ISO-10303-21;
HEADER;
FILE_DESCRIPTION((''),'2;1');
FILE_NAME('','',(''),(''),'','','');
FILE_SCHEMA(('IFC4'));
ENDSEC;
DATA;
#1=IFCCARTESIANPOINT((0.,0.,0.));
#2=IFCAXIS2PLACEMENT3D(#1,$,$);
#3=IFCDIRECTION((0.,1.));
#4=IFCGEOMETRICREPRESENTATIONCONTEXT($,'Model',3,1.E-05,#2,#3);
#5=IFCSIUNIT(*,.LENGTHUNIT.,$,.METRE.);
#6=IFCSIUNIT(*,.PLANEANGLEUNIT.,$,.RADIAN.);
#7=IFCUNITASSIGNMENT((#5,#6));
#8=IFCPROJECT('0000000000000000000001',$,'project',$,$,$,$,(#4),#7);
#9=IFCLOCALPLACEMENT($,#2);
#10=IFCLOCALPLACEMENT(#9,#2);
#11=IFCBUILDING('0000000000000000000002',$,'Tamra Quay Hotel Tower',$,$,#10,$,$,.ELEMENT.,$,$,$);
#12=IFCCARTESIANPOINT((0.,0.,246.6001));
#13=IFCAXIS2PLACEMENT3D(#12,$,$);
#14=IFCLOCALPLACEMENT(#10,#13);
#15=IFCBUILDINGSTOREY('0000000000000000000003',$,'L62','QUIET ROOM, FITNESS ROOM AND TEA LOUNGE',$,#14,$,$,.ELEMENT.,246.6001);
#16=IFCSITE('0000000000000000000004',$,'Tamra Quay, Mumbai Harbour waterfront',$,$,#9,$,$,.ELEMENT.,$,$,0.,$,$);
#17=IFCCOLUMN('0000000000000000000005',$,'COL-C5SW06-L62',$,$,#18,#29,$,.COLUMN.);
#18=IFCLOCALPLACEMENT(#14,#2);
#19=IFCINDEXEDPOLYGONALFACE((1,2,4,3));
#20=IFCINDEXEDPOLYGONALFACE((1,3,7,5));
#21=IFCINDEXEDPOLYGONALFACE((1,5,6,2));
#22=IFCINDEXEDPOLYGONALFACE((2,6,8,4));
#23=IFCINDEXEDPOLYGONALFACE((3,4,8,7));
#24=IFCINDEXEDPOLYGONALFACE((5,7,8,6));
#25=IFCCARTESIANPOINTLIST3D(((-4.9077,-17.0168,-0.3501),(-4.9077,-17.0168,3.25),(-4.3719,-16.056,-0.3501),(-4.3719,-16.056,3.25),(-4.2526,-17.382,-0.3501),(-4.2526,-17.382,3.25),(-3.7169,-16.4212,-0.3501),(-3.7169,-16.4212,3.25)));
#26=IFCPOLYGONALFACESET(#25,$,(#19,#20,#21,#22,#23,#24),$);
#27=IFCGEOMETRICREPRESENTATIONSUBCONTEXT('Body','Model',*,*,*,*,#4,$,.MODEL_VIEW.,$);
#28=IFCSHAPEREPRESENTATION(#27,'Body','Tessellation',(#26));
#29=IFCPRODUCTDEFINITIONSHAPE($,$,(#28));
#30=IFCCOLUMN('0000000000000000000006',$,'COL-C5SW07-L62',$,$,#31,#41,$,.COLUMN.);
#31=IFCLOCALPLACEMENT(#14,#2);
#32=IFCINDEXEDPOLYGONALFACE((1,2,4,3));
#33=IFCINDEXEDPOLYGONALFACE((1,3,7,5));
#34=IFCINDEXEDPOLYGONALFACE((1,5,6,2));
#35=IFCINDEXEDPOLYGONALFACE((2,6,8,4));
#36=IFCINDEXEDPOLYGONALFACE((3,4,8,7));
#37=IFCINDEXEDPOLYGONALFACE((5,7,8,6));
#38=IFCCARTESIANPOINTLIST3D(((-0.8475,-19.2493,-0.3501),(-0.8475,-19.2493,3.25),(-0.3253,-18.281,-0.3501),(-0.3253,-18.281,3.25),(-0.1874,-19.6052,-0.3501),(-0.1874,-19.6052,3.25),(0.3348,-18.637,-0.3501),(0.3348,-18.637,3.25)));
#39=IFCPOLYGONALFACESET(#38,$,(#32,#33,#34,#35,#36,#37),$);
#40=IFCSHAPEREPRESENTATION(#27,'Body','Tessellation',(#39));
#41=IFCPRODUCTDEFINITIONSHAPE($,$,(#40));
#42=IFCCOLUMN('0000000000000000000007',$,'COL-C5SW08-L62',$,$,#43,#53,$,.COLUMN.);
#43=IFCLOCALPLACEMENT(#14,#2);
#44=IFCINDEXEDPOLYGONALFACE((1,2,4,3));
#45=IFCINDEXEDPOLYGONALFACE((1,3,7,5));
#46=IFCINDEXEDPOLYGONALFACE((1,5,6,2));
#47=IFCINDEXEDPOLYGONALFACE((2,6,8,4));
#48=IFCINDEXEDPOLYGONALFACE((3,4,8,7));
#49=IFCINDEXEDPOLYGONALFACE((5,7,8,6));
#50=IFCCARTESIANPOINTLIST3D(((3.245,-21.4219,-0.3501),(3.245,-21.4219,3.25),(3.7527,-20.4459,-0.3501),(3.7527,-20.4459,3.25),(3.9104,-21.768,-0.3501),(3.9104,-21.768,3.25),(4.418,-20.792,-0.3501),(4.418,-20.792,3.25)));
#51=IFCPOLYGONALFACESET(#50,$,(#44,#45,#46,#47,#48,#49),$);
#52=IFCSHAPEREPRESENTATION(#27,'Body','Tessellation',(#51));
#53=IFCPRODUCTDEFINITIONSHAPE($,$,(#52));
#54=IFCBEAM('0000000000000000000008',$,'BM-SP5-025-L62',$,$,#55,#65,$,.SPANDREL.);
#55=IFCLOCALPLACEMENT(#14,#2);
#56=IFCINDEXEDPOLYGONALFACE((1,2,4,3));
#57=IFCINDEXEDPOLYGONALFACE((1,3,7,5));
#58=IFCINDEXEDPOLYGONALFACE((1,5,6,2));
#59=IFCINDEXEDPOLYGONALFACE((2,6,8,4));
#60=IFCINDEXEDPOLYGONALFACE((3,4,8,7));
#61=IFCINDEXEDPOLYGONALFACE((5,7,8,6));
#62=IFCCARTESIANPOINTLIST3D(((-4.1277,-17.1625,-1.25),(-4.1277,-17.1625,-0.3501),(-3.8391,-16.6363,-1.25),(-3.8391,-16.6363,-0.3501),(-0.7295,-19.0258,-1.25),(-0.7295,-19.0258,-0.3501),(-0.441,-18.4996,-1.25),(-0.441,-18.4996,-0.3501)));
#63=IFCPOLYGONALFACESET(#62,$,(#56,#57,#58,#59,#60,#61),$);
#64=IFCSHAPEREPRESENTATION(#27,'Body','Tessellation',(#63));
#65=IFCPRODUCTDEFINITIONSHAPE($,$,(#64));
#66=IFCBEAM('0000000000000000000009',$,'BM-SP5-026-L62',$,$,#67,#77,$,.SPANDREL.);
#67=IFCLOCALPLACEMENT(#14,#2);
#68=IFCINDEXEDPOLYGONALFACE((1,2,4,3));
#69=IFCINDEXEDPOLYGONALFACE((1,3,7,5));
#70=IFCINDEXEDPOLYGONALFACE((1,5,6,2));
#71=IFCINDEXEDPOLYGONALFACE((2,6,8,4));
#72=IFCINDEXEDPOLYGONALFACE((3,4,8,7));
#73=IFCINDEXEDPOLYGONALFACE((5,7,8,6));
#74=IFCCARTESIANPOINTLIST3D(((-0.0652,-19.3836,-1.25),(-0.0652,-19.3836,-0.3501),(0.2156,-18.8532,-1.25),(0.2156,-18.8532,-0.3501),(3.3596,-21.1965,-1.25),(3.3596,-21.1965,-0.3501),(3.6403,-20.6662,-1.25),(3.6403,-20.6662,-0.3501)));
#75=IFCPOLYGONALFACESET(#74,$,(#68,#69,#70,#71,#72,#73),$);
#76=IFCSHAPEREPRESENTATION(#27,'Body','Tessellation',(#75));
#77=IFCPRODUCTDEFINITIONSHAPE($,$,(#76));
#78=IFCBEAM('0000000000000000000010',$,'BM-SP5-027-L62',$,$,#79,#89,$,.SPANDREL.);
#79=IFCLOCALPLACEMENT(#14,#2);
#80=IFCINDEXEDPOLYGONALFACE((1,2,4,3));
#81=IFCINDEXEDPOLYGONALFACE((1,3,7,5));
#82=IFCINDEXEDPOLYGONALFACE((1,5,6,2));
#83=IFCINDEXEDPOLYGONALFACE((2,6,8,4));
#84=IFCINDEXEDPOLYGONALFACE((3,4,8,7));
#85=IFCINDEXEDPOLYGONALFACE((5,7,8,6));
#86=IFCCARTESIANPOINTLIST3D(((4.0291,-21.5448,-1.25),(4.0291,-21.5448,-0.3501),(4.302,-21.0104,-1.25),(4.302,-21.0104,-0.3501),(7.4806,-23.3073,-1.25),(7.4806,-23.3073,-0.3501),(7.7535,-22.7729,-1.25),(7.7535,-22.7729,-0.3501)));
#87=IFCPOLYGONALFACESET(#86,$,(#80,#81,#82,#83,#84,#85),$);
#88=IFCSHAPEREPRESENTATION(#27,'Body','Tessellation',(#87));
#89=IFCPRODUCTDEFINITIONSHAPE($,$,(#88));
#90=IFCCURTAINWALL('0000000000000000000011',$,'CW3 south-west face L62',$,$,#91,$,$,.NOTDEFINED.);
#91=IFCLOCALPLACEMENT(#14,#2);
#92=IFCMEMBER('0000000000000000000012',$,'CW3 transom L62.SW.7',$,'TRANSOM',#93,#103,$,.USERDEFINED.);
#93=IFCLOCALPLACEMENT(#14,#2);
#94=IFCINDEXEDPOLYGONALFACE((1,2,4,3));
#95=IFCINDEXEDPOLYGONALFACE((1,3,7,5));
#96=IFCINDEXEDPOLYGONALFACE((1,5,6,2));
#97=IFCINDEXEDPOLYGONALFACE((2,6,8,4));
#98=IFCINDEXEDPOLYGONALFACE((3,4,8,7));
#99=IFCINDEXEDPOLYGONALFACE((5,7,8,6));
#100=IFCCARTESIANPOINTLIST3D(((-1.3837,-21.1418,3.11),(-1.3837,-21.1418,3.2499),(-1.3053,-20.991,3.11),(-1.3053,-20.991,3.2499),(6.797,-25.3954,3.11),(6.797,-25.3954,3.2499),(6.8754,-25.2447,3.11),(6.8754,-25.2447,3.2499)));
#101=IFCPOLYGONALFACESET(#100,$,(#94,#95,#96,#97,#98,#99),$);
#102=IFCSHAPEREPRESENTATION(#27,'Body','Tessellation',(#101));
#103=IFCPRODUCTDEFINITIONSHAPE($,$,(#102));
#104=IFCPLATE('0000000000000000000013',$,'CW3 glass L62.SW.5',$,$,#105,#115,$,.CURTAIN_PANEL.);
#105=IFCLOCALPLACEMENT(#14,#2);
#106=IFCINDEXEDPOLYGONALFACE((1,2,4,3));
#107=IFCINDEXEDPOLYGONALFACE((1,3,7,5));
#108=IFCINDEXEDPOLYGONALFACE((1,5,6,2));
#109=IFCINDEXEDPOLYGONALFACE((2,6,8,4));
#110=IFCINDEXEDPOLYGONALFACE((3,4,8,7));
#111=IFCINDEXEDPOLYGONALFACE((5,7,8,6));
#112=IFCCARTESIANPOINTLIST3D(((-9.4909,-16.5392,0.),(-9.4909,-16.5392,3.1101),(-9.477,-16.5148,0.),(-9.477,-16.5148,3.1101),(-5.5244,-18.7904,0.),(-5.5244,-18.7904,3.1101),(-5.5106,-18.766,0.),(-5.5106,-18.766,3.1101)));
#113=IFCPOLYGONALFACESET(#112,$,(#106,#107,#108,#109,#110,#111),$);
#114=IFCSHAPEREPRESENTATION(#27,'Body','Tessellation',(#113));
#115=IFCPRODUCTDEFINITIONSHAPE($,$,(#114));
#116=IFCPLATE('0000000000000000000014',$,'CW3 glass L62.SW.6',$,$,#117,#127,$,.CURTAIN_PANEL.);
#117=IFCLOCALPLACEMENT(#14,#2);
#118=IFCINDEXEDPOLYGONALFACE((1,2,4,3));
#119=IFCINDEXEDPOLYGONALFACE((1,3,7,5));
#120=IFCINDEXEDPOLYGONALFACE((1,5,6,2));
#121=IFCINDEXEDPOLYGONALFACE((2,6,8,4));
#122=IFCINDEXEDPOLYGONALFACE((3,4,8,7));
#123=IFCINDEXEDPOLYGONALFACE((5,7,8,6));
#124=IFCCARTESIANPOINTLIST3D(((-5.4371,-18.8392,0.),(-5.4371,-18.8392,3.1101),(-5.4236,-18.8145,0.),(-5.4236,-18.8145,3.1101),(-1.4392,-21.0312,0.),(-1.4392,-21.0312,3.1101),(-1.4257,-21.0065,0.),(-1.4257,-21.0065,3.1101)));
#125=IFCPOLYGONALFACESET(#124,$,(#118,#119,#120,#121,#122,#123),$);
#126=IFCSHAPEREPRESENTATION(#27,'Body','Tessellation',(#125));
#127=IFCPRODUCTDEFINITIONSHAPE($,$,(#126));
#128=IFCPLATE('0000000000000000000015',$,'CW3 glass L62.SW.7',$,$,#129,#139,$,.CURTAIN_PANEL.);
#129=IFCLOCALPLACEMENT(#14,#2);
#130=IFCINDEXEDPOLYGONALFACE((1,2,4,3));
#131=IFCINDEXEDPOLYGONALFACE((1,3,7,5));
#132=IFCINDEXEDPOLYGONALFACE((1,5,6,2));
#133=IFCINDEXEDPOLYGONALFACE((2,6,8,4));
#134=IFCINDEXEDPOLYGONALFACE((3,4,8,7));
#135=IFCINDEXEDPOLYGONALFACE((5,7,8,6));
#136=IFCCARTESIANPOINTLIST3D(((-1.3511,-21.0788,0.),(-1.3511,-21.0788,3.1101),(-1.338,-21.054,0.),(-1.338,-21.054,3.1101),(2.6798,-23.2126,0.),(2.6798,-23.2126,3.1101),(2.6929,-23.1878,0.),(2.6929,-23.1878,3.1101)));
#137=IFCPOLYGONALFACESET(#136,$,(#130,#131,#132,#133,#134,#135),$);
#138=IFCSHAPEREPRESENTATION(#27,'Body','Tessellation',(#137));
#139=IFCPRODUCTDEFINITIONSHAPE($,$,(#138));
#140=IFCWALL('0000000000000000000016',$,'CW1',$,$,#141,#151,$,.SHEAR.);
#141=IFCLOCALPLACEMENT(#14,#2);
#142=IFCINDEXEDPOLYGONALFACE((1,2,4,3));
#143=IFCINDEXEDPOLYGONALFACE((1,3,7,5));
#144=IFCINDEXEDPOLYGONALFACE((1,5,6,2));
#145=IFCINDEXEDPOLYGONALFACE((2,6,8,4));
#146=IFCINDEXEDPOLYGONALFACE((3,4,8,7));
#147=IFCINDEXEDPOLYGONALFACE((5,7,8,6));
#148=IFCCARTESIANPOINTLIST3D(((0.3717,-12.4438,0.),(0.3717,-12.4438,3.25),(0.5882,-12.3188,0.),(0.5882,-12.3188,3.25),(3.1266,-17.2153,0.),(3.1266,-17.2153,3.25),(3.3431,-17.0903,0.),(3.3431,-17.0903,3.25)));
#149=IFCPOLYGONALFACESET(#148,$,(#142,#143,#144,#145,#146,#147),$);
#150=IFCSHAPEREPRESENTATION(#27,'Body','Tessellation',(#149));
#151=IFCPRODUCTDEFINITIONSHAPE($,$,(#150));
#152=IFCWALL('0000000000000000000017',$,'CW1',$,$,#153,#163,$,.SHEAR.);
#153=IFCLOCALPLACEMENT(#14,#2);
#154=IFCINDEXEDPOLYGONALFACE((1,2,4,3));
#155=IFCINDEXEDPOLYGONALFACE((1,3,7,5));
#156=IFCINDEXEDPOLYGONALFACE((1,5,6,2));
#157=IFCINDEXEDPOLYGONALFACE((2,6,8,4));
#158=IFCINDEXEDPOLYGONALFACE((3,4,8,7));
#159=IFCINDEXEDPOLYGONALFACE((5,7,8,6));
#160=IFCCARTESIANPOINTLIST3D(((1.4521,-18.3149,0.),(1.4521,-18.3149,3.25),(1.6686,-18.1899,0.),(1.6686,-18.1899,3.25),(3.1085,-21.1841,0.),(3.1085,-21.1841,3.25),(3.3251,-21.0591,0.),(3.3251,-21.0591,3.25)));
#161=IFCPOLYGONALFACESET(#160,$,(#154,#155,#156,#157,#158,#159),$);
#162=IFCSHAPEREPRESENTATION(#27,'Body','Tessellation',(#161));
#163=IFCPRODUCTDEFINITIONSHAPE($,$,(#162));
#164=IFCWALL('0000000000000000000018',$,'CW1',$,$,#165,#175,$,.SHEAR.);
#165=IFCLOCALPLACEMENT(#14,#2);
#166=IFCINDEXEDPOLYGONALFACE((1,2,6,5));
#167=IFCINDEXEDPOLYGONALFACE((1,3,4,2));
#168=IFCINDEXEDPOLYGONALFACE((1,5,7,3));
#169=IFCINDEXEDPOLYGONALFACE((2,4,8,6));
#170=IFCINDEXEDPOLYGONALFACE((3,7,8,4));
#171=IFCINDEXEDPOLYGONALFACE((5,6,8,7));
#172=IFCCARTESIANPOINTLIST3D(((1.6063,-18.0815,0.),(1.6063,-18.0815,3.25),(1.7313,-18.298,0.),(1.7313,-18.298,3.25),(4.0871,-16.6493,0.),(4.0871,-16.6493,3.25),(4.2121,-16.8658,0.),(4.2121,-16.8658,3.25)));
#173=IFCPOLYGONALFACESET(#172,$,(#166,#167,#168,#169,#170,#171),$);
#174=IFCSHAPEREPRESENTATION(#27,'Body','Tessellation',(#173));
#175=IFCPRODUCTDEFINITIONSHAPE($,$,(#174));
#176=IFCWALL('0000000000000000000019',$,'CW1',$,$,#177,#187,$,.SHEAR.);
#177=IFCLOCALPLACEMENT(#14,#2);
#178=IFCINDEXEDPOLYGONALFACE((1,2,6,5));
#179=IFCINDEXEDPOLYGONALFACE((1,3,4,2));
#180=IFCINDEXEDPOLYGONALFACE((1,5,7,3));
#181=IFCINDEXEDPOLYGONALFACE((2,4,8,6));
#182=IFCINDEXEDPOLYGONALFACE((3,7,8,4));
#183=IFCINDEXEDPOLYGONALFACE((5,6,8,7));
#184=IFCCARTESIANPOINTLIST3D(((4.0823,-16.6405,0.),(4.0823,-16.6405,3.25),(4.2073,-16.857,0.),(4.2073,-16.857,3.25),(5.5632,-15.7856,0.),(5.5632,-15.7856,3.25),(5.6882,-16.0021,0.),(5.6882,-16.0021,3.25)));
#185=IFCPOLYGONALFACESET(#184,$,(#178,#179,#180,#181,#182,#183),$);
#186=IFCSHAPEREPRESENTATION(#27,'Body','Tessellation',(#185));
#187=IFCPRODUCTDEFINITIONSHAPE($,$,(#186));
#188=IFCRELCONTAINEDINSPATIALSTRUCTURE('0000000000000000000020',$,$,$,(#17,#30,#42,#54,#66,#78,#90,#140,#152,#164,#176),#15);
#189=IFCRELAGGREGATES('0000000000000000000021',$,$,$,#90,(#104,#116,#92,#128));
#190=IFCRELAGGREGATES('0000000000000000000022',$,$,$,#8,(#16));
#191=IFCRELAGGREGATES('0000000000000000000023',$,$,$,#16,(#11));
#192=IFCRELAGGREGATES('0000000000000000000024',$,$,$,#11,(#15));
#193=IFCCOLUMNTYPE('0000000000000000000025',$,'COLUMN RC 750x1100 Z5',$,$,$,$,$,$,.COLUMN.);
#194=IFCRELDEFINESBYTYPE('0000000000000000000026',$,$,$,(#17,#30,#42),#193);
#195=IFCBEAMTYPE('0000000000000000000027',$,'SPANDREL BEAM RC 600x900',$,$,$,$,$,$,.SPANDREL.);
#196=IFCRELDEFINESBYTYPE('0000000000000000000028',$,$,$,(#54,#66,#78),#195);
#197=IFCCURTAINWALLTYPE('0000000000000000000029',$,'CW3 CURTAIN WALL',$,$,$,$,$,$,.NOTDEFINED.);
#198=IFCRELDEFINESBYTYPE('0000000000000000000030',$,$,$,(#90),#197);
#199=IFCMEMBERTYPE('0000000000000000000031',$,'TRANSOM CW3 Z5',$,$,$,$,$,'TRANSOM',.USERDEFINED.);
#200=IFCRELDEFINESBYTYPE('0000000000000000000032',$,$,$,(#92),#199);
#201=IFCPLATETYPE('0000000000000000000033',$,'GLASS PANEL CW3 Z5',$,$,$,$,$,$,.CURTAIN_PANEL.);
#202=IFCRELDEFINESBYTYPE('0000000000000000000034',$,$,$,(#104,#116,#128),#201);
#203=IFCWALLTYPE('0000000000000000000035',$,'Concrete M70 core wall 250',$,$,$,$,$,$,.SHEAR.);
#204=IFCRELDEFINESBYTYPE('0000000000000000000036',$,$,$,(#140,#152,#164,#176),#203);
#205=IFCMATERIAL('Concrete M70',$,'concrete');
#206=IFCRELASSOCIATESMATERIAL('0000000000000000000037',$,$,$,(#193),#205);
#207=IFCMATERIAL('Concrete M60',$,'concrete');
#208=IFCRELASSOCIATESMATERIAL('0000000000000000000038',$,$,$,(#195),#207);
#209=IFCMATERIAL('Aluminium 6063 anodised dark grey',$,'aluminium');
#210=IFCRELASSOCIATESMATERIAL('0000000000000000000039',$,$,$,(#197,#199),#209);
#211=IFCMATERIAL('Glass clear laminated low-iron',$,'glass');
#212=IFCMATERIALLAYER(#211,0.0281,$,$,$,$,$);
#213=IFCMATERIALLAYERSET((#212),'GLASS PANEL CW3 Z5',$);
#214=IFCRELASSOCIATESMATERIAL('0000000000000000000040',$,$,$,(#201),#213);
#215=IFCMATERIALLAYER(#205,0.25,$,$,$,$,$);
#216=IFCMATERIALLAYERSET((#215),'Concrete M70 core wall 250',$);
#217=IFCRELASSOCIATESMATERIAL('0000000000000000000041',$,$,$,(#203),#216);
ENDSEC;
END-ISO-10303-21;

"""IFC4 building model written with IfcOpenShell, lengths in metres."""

from ifc_helpers import new_model, si_unit, direction, frame, frame_2d, origin, origin_2d, place, context, subcontext, project, spatial, rectangle, extrude, material, layer, layer_set, material_profile, profile_set, type_object, element, aggregate, save


model = new_model("IFC4")

# Units and contexts
model_context = context("Model", 3, precision=1e-05, world=origin(), true_north=direction((0.0, 1.0)))
body_context = subcontext(model_context, "Body", "Model", "MODEL_VIEW")
ifc_project = project(units=[si_unit("LENGTHUNIT", "METRE"), si_unit("PLANEANGLEUNIT", "RADIAN")], contexts=[model_context])

# Site, building, storey
site_placement = place(None, origin())
site = spatial("IfcSite", under=ifc_project, at=site_placement, Name="Tamra Quay, Mumbai Harbour waterfront", CompositionType="ELEMENT", RefElevation=0.0)
building_placement = place(site_placement, origin())
building = spatial("IfcBuilding", under=site, at=building_placement, Name="Tamra Quay Hotel Tower", CompositionType="ELEMENT")
storey_placement = place(building_placement, frame((0.0, 0.0, 246.6001)))
storey = spatial("IfcBuildingStorey", under=building, at=storey_placement, Name="L62", Description="QUIET ROOM, FITNESS ROOM AND TEA LOUNGE", CompositionType="ELEMENT", Elevation=246.6001)

# Columns
ifc_material_1 = material(Name="Concrete M70", Category="concrete")
ifc_material_profile_1 = material_profile(ifc_material_1, rectangle(XDim=1.1001, YDim=0.75, at=origin_2d()), Name="COLUMN RC 750x1100 Z5")
ifc_profile_set_1 = profile_set([ifc_material_profile_1], Name="Concrete M70")
column_type = type_object("IfcColumnType", Name="COLUMN RC 750x1100 Z5", PredefinedType="COLUMN", material=ifc_profile_set_1)
for number, where, z_axis, x_axis, name in (
    (1, (-4.3123, -16.719, -0.3501), (0.0, 0.0, 1.0), (0.486989, 0.873408, 0.0), "COL-C5SW06-L62"),
    (2, (-0.2563, -18.9431, -0.3501), (0.0, 0.0, 1.0), (0.474651, 0.880174, 0.0), "COL-C5SW07-L62"),
    (3, (3.8315, -21.1069, -0.3501), (0.0, 0.0, 1.0), (0.461448, 0.887167, 0.0), "COL-C5SW08-L62"),
):
    element("IfcColumn", number, at=place(storey_placement, frame(where, z_axis=z_axis, x_axis=x_axis)), inside=storey, type_object=column_type, Name=name, PredefinedType="COLUMN", context=body_context, shape_type="SweptSolid", body=[
        extrude(rectangle(XDim=1.1001, YDim=0.75, at=origin_2d()), origin(), (0.0, 0.0, 1.0), 3.6001),
    ])

# Beams
ifc_material_2 = material(Name="Concrete M60", Category="concrete")
ifc_material_profile_2 = material_profile(ifc_material_2, rectangle(XDim=0.6001, YDim=0.8999, at=origin_2d()), Name="SPANDREL BEAM RC 600x900")
ifc_profile_set_2 = profile_set([ifc_material_profile_2], Name="Concrete M60")
beam_type = type_object("IfcBeamType", Name="SPANDREL BEAM RC 600x900", PredefinedType="SPANDREL", material=ifc_profile_set_2)
beam_1_placement = place(storey_placement, frame((-3.9834, -16.8994, -0.8), z_axis=(0.876839, -0.480784, 0.0), x_axis=(0.480784, 0.876839, 0.0)))
element("IfcBeam", 4, at=beam_1_placement, inside=storey, type_object=beam_type, Name="BM-SP5-025-L62", PredefinedType="SPANDREL", context=body_context, shape_type="SweptSolid", body=[
    extrude(rectangle(XDim=0.6001, YDim=0.8999, at=origin_2d()), origin(), (0.0, 0.0, 1.0), 3.8755),
])
beam_2_placement = place(storey_placement, frame((0.0752, -19.1184, -0.8), z_axis=(0.883803, -0.467859, 0.0), x_axis=(0.467859, 0.883803, 0.0)))
element("IfcBeam", 5, at=beam_2_placement, inside=storey, type_object=beam_type, Name="BM-SP5-026-L62", PredefinedType="SPANDREL", context=body_context, shape_type="SweptSolid", body=[
    extrude(rectangle(XDim=0.6001, YDim=0.8999, at=origin_2d()), origin(), (0.0, 0.0, 1.0), 3.875),
])
beam_3_placement = place(storey_placement, frame((4.1655, -21.2776, -0.8), z_axis=(0.890603, -0.454782, 0.0), x_axis=(0.454782, 0.890603, 0.0)))
element("IfcBeam", 6, at=beam_3_placement, inside=storey, type_object=beam_type, Name="BM-SP5-027-L62", PredefinedType="SPANDREL", context=body_context, shape_type="SweptSolid", body=[
    extrude(rectangle(XDim=0.6001, YDim=0.8999, at=origin_2d()), origin(), (0.0, 0.0, 1.0), 3.8755),
])

# Curtain wall, member, plates
ifc_material_3 = material(Name="Aluminium 6063 anodised dark grey", Category="aluminium")
curtain_wall_type = type_object("IfcCurtainWallType", Name="CW3 CURTAIN WALL", PredefinedType="NOTDEFINED", material=ifc_material_3)
curtain_wall_placement = place(storey_placement, origin())
curtain_wall = element("IfcCurtainWall", 7, at=curtain_wall_placement, inside=storey, type_object=curtain_wall_type, Name="CW3 south-west face L62", PredefinedType="NOTDEFINED")
ifc_material_profile_3 = material_profile(ifc_material_3, rectangle(XDim=0.1699, YDim=0.1399, at=origin_2d()), Name="TRANSOM 170X140")
ifc_profile_set_3 = profile_set([ifc_material_profile_3], Name="Aluminium 6063 anodised dark grey")
member_type = type_object("IfcMemberType", Name="TRANSOM CW3 Z5", ElementType="TRANSOM", PredefinedType="USERDEFINED", material=ifc_profile_set_3)
member_placement = place(storey_placement, frame((-1.3445, -21.0664, 3.1799), z_axis=(0.887229, -0.461329, 0.0), x_axis=(0.461329, 0.887229, 0.0)))
member = element("IfcMember", 8, at=member_placement, type_object=member_type, Name="CW3 transom L62.SW.7", ObjectType="TRANSOM", PredefinedType="USERDEFINED", context=body_context, shape_type="SweptSolid", body=[
    extrude(rectangle(XDim=0.1699, YDim=0.1399, at=origin_2d()), origin(), (0.0, 0.0, 1.0), 9.2205),
])
ifc_material_4 = material(Name="Glass clear laminated low-iron", Category="glass")
ifc_layer_1 = layer(ifc_material_4, 0.0281)
ifc_layer_set_1 = layer_set([ifc_layer_1], Name="GLASS PANEL CW3 Z5")
plate_type = type_object("IfcPlateType", Name="GLASS PANEL CW3 Z5", PredefinedType="CURTAIN_PANEL", material=ifc_layer_set_1)
plate_1_placement = place(storey_placement, frame((-7.5007, -17.6526, 0.0), z_axis=(0.0, 0.0, 1.0), x_axis=(0.869683, -0.493611, 0.0)))
plate_1 = element("IfcPlate", 9, at=plate_1_placement, type_object=plate_type, Name="CW3 glass L62.SW.5", PredefinedType="CURTAIN_PANEL", context=body_context, shape_type="SweptSolid", body=[
    extrude(rectangle(XDim=4.5608, YDim=0.0281, at=origin_2d()), origin(), (0.0, 0.0, 1.0), 3.1101),
])
plate_2_placement = place(storey_placement, frame((-3.4314, -19.9229, 0.0), z_axis=(0.0, 0.0, 1.0), x_axis=(0.876846, -0.480771, 0.0)))
plate_2 = element("IfcPlate", 10, at=plate_2_placement, type_object=plate_type, Name="CW3 glass L62.SW.6", PredefinedType="CURTAIN_PANEL", context=body_context, shape_type="SweptSolid", body=[
    extrude(rectangle(XDim=4.5593, YDim=0.0281, at=origin_2d()), origin(), (0.0, 0.0, 1.0), 3.1101),
])
plate_3_placement = place(storey_placement, frame((0.6709, -22.1333, 0.0), z_axis=(0.0, 0.0, 1.0), x_axis=(0.883813, -0.467841, 0.0)))
plate_3 = element("IfcPlate", 11, at=plate_3_placement, type_object=plate_type, Name="CW3 glass L62.SW.7", PredefinedType="CURTAIN_PANEL", context=body_context, shape_type="SweptSolid", body=[
    extrude(rectangle(XDim=4.5608, YDim=0.0281, at=origin_2d()), origin(), (0.0, 0.0, 1.0), 3.1101),
])
aggregate(curtain_wall, [plate_1, plate_2, member, plate_3])

# Walls
ifc_layer_2 = layer(ifc_material_1, 0.25)
ifc_layer_set_2 = layer_set([ifc_layer_2], Name="Concrete M70 core wall 250")
wall_type_1 = type_object("IfcWallType", Name="Concrete M70 core wall 250", PredefinedType="SHEAR", material=ifc_layer_set_2)
wall_1_placement = place(storey_placement, frame((3.2349, -17.1528, 0.0), z_axis=(0.0, 0.0, 1.0), x_axis=(-0.500009, 0.86602, 0.0)))
element("IfcWall", 12, at=wall_1_placement, inside=storey, type_object=wall_type_1, Name="CW1", PredefinedType="SHEAR", context=body_context, shape_type="SweptSolid", body=[
    extrude(rectangle(XDim=5.5098, YDim=0.25, at=frame_2d((2.7549, 0.0))), origin(), (0.0, 0.0, 1.0), 3.25),
])
wall_2_placement = place(storey_placement, frame((3.2168, -21.1216, 0.0), z_axis=(0.0, 0.0, 1.0), x_axis=(-0.499999, 0.866026, 0.0)))
element("IfcWall", 13, at=wall_2_placement, inside=storey, type_object=wall_type_1, Name="CW1", PredefinedType="SHEAR", context=body_context, shape_type="SweptSolid", body=[
    extrude(rectangle(XDim=3.313, YDim=0.25, at=frame_2d((1.6565, 0.0))), origin(), (0.0, 0.0, 1.0), 3.25),
])
wall_3_placement = place(storey_placement, frame((1.6689, -18.1897, 0.0), z_axis=(0.0, 0.0, 1.0), x_axis=(0.866042, 0.499971, 0.0)))
element("IfcWall", 14, at=wall_3_placement, inside=storey, type_object=wall_type_1, Name="CW1", PredefinedType="SHEAR", context=body_context, shape_type="SweptSolid", body=[
    extrude(rectangle(XDim=2.8645, YDim=0.25, at=frame_2d((1.4321, 0.0))), origin(), (0.0, 0.0, 1.0), 3.25),
])
wall_4_placement = place(storey_placement, frame((4.1448, -16.7488, 0.0), z_axis=(0.0, 0.0, 1.0), x_axis=(0.866038, 0.499978, 0.0)))
element("IfcWall", 15, at=wall_4_placement, inside=storey, type_object=wall_type_1, Name="CW1", PredefinedType="SHEAR", context=body_context, shape_type="SweptSolid", body=[
    extrude(rectangle(XDim=1.71, YDim=0.25, at=frame_2d((0.855, 0.0))), origin(), (0.0, 0.0, 1.0), 3.25),
])

save(model, "model.ifc")
